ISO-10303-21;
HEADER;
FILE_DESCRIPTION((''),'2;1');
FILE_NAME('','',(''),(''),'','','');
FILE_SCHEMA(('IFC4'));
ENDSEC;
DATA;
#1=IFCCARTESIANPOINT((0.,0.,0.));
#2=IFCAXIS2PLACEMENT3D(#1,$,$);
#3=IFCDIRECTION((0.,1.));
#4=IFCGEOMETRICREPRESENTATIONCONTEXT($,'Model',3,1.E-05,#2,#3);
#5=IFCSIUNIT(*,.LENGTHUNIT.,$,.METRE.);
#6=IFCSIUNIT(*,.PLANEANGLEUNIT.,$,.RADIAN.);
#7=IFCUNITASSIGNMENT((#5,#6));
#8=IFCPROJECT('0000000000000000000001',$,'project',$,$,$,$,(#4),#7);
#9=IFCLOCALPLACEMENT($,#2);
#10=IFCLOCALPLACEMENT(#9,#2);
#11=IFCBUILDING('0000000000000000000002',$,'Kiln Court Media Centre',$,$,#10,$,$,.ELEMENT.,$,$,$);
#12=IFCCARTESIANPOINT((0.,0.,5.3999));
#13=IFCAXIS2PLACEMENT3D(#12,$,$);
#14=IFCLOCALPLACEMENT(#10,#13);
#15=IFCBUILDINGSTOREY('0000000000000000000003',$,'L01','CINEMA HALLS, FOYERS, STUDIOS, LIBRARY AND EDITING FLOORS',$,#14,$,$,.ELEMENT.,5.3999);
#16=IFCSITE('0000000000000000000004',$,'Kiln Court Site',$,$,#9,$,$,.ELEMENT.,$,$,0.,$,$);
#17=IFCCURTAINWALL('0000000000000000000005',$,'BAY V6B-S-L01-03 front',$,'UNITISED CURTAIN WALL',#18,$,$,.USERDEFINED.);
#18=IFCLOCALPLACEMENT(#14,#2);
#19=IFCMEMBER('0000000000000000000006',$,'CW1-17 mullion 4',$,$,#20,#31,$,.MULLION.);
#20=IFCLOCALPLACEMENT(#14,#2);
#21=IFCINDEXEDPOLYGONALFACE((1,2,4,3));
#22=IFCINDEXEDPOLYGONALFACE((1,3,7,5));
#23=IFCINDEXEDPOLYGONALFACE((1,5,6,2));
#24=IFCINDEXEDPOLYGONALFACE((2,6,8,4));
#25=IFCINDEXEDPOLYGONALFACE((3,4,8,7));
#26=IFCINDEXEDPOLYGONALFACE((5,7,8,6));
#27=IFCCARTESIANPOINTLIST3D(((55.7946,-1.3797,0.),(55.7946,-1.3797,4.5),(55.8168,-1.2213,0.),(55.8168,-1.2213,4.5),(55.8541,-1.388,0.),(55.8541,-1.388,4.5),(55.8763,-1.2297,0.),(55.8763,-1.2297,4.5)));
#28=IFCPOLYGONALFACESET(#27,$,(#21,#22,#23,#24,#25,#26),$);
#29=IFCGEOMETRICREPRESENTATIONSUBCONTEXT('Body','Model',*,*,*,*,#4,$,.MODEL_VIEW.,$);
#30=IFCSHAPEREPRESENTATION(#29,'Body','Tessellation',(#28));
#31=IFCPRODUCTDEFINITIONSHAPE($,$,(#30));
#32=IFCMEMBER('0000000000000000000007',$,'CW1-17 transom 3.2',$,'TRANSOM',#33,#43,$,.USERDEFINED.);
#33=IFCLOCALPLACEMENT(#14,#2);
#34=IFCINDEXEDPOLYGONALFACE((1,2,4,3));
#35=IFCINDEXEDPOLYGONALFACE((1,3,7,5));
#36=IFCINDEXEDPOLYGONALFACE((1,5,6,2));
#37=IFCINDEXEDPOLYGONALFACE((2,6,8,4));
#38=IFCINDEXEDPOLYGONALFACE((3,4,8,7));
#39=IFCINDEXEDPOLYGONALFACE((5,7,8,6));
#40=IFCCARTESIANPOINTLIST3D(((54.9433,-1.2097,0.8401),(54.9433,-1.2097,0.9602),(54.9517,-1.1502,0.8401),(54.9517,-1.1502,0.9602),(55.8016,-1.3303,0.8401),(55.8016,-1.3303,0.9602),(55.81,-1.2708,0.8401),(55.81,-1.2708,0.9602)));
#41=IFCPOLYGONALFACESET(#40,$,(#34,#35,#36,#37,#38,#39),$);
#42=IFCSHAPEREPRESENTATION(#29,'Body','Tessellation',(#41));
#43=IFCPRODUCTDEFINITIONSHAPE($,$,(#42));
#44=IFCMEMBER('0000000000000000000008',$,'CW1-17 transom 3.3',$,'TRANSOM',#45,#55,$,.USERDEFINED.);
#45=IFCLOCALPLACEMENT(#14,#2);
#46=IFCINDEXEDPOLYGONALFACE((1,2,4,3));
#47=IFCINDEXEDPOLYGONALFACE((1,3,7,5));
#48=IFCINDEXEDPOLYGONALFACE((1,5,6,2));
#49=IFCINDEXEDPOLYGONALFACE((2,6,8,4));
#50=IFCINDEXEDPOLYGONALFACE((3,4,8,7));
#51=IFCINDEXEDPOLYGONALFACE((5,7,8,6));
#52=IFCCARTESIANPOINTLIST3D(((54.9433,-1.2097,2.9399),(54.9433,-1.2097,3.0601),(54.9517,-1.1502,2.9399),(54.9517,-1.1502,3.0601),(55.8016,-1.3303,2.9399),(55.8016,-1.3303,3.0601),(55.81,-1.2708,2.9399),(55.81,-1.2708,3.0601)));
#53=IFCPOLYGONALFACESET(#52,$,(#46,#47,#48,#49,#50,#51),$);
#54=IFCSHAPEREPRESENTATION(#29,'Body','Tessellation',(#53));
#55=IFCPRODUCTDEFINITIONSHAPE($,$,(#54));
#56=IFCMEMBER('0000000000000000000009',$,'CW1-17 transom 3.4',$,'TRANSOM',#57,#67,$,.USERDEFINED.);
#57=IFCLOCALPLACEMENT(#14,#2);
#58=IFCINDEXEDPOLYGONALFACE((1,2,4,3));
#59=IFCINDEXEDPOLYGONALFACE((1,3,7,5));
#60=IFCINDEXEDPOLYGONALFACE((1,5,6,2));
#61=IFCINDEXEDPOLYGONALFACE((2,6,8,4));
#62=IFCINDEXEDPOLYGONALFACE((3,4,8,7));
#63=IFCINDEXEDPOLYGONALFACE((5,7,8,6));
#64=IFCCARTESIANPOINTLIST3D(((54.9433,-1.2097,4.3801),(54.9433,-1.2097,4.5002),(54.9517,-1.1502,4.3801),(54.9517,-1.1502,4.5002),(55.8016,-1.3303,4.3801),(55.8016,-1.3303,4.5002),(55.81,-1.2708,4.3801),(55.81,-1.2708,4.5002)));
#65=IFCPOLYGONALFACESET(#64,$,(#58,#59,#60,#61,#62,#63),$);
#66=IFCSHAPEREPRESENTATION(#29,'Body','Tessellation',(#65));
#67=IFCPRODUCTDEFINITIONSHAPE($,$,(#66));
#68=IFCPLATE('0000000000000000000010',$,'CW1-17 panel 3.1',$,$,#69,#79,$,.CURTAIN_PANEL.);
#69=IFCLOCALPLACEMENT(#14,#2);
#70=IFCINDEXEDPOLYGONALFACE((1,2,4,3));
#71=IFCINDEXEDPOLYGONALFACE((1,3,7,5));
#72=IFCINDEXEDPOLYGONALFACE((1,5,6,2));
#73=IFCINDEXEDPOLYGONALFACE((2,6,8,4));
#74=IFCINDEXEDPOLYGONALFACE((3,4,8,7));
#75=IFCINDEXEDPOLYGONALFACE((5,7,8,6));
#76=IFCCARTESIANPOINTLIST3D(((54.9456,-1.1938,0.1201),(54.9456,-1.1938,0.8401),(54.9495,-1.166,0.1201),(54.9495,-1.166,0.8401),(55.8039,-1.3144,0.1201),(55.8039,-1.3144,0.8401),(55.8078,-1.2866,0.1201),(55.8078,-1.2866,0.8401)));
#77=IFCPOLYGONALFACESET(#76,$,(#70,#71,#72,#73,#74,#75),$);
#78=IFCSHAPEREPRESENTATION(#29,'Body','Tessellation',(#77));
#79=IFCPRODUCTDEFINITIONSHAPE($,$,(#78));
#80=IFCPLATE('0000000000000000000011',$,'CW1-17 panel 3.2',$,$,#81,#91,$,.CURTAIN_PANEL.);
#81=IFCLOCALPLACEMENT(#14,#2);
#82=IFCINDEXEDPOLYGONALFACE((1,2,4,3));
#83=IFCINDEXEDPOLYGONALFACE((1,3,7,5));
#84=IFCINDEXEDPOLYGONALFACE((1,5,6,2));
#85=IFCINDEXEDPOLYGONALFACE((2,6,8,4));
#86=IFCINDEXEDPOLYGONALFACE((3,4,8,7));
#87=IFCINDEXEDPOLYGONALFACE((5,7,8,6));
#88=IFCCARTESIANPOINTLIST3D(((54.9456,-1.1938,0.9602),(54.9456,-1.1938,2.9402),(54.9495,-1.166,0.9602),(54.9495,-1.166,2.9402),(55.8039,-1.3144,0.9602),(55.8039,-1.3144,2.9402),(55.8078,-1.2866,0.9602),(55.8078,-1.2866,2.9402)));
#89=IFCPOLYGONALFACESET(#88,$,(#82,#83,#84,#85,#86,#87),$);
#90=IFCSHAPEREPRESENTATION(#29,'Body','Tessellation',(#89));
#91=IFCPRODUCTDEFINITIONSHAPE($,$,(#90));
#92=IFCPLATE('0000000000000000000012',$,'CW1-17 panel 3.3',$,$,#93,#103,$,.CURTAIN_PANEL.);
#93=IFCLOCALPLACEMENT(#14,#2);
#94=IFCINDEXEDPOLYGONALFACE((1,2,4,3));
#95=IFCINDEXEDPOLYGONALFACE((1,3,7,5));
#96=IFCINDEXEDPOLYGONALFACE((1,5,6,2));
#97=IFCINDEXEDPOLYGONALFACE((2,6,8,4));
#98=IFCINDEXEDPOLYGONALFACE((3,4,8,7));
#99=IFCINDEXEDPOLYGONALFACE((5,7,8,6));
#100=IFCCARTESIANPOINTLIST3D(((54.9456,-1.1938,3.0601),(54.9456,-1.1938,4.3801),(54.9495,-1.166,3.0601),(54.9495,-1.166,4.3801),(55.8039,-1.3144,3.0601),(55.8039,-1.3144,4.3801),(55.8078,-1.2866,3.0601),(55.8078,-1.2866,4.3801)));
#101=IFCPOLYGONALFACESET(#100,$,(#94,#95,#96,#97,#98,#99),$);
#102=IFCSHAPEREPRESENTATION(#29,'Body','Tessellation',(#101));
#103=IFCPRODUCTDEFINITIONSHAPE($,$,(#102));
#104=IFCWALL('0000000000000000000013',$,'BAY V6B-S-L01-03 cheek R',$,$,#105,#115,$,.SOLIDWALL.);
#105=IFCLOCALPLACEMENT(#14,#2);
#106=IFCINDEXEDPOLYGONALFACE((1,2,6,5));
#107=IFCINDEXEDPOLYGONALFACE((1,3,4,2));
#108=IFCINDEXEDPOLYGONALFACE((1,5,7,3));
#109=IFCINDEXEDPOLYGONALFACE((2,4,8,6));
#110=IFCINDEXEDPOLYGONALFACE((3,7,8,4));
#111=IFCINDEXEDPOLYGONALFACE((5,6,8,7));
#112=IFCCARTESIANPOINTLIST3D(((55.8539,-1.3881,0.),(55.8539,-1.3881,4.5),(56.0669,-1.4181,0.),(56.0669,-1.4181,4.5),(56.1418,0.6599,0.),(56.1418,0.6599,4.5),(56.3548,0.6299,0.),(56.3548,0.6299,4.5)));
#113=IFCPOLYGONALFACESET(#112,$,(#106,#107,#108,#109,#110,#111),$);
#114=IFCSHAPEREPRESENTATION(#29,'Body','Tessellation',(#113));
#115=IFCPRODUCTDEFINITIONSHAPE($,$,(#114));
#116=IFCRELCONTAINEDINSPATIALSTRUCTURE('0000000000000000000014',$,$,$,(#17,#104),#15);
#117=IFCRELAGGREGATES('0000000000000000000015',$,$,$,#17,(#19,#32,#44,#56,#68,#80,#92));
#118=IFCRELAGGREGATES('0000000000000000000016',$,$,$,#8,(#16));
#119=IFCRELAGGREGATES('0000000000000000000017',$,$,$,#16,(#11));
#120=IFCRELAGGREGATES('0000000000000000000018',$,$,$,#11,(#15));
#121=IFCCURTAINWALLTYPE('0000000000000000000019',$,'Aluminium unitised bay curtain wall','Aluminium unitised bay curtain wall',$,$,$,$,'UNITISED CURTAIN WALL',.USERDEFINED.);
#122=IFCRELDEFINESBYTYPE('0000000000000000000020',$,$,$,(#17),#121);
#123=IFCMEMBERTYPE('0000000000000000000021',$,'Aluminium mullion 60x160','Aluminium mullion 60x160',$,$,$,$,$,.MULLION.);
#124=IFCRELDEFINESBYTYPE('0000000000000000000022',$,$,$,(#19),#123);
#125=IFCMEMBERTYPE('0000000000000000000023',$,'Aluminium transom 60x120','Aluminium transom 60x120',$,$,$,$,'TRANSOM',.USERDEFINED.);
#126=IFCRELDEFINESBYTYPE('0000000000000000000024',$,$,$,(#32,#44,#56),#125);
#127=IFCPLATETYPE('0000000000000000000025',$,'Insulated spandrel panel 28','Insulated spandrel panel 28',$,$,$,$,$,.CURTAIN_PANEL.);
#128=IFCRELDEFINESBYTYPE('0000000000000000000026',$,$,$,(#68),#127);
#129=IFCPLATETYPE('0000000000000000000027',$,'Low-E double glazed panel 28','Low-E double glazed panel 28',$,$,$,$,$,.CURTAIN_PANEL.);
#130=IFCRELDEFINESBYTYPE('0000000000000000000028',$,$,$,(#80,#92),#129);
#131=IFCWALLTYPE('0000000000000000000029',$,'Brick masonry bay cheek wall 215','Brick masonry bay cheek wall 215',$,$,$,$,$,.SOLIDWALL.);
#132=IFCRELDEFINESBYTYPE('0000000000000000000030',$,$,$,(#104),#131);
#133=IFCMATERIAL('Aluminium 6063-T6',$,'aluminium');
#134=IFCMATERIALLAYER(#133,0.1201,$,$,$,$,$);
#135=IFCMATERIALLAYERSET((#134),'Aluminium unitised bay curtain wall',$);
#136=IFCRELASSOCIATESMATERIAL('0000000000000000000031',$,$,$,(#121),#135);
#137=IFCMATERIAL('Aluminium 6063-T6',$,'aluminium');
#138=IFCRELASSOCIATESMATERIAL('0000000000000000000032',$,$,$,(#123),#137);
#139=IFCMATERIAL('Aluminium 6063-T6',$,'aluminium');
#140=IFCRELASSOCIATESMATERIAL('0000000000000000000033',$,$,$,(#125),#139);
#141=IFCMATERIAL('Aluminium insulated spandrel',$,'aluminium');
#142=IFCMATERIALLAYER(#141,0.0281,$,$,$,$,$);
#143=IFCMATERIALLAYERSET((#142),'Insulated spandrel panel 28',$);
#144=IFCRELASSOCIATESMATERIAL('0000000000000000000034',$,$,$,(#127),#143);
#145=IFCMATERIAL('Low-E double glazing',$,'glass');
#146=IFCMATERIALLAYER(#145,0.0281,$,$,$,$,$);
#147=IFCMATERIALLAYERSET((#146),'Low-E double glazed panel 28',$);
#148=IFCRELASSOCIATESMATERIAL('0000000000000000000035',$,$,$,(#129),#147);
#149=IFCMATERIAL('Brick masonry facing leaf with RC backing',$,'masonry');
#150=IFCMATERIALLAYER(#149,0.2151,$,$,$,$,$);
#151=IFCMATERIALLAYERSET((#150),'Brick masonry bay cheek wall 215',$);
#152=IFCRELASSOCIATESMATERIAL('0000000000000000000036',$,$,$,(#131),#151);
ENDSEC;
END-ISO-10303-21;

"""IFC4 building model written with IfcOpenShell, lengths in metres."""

from ifc_helpers import new_model, si_unit, direction, frame, frame_2d, origin, origin_2d, place, context, subcontext, project, spatial, rectangle, extrude, material, layer, layer_set, material_profile, profile_set, type_object, element, aggregate, save


model = new_model("IFC4")

# Units and contexts
model_context = context("Model", 3, precision=1e-05, world=origin(), true_north=direction((0.0, 1.0)))
body_context = subcontext(model_context, "Body", "Model", "MODEL_VIEW")
ifc_project = project(units=[si_unit("LENGTHUNIT", "METRE"), si_unit("PLANEANGLEUNIT", "RADIAN")], contexts=[model_context])

# Site, building, storey
site_placement = place(None, origin())
site = spatial("IfcSite", under=ifc_project, at=site_placement, Name="Kiln Court Site", CompositionType="ELEMENT", RefElevation=0.0)
building_placement = place(site_placement, origin())
building = spatial("IfcBuilding", under=site, at=building_placement, Name="Kiln Court Media Centre", CompositionType="ELEMENT")
storey_placement = place(building_placement, frame((0.0, 0.0, 5.3999)))
storey = spatial("IfcBuildingStorey", under=building, at=storey_placement, Name="L01", Description="CINEMA HALLS, FOYERS, STUDIOS, LIBRARY AND EDITING FLOORS", CompositionType="ELEMENT", Elevation=5.3999)

# Curtain wall, members, plates
ifc_material_1 = material(Name="Aluminium 6063-T6", Category="aluminium")
ifc_layer_1 = layer(ifc_material_1, 0.1201)
ifc_layer_set_1 = layer_set([ifc_layer_1], Name="Aluminium unitised bay curtain wall")
curtain_wall_type = type_object("IfcCurtainWallType", Name="Aluminium unitised bay curtain wall", Description="Aluminium unitised bay curtain wall", ElementType="UNITISED CURTAIN WALL", PredefinedType="USERDEFINED", material=ifc_layer_set_1)
curtain_wall_placement = place(storey_placement, origin())
curtain_wall = element("IfcCurtainWall", 1, at=curtain_wall_placement, inside=storey, type_object=curtain_wall_type, Name="BAY V6B-S-L01-03 front", ObjectType="UNITISED CURTAIN WALL", PredefinedType="USERDEFINED")
ifc_material_2 = material(Name="Aluminium 6063-T6", Category="aluminium")
ifc_material_profile_1 = material_profile(ifc_material_2, rectangle(XDim=0.0601, YDim=0.1599, at=origin_2d()), Name="Aluminium mullion 60x160")
ifc_profile_set_1 = profile_set([ifc_material_profile_1], Name="Aluminium 6063-T6")
member_type_1 = type_object("IfcMemberType", Name="Aluminium mullion 60x160", Description="Aluminium mullion 60x160", PredefinedType="MULLION", material=ifc_profile_set_1)
member_1_placement = place(storey_placement, frame((55.8354, -1.3047, 0.0), z_axis=(0.0, 0.0, 1.0), x_axis=(0.99027, -0.139162, 0.0)))
member_1 = element("IfcMember", 2, at=member_1_placement, type_object=member_type_1, Name="CW1-17 mullion 4", PredefinedType="MULLION", context=body_context, shape_type="SweptSolid", body=[
    extrude(rectangle(XDim=0.0601, YDim=0.1599, at=origin_2d()), origin(), (0.0, 0.0, 1.0), 4.5),
])
ifc_material_3 = material(Name="Aluminium 6063-T6", Category="aluminium")
ifc_material_profile_2 = material_profile(ifc_material_3, rectangle(XDim=0.0601, YDim=0.1201, at=origin_2d()), Name="Aluminium transom 60x120")
ifc_profile_set_2 = profile_set([ifc_material_profile_2], Name="Aluminium 6063-T6")
member_type_2 = type_object("IfcMemberType", Name="Aluminium transom 60x120", Description="Aluminium transom 60x120", ElementType="TRANSOM", PredefinedType="USERDEFINED", material=ifc_profile_set_2)
member_2_placement = place(storey_placement, frame((54.9475, -1.1799, 0.9001), z_axis=(0.990268, -0.139173, 0.0), x_axis=(0.139173, 0.990268, 0.0)))
member_2 = element("IfcMember", 3, at=member_2_placement, type_object=member_type_2, Name="CW1-17 transom 3.2", ObjectType="TRANSOM", PredefinedType="USERDEFINED", context=body_context, shape_type="SweptSolid", body=[
    extrude(rectangle(XDim=0.0601, YDim=0.1201, at=origin_2d()), origin(), (0.0, 0.0, 1.0), 0.8667),
])
member_3_placement = place(storey_placement, frame((54.9475, -1.1799, 3.0), z_axis=(0.990268, -0.139173, 0.0), x_axis=(0.139173, 0.990268, 0.0)))
member_3 = element("IfcMember", 4, at=member_3_placement, type_object=member_type_2, Name="CW1-17 transom 3.3", ObjectType="TRANSOM", PredefinedType="USERDEFINED", context=body_context, shape_type="SweptSolid", body=[
    extrude(rectangle(XDim=0.0601, YDim=0.1201, at=origin_2d()), origin(), (0.0, 0.0, 1.0), 0.8667),
])
member_4_placement = place(storey_placement, frame((54.9475, -1.1799, 4.4402), z_axis=(0.990268, -0.139173, 0.0), x_axis=(0.139173, 0.990268, 0.0)))
member_4 = element("IfcMember", 5, at=member_4_placement, type_object=member_type_2, Name="CW1-17 transom 3.4", ObjectType="TRANSOM", PredefinedType="USERDEFINED", context=body_context, shape_type="SweptSolid", body=[
    extrude(rectangle(XDim=0.0601, YDim=0.1201, at=origin_2d()), origin(), (0.0, 0.0, 1.0), 0.8667),
])
ifc_material_4 = material(Name="Aluminium insulated spandrel", Category="aluminium")
ifc_layer_2 = layer(ifc_material_4, 0.0281)
ifc_layer_set_2 = layer_set([ifc_layer_2], Name="Insulated spandrel panel 28")
plate_type_1 = type_object("IfcPlateType", Name="Insulated spandrel panel 28", Description="Insulated spandrel panel 28", PredefinedType="CURTAIN_PANEL", material=ifc_layer_set_2)
plate_1_placement = place(storey_placement, frame((55.3767, -1.2402, 0.1201), z_axis=(0.0, 0.0, 1.0), x_axis=(0.99027, -0.139162, 0.0)))
plate_1 = element("IfcPlate", 6, at=plate_1_placement, type_object=plate_type_1, Name="CW1-17 panel 3.1", PredefinedType="CURTAIN_PANEL", context=body_context, shape_type="SweptSolid", body=[
    extrude(rectangle(XDim=0.8667, YDim=0.0281, at=origin_2d()), origin(), (0.0, 0.0, 1.0), 0.72),
])
ifc_material_5 = material(Name="Low-E double glazing", Category="glass")
ifc_layer_3 = layer(ifc_material_5, 0.0281)
ifc_layer_set_3 = layer_set([ifc_layer_3], Name="Low-E double glazed panel 28")
plate_type_2 = type_object("IfcPlateType", Name="Low-E double glazed panel 28", Description="Low-E double glazed panel 28", PredefinedType="CURTAIN_PANEL", material=ifc_layer_set_3)
plate_2_placement = place(storey_placement, frame((55.3767, -1.2402, 0.9602), z_axis=(0.0, 0.0, 1.0), x_axis=(0.99027, -0.139162, 0.0)))
plate_2 = element("IfcPlate", 7, at=plate_2_placement, type_object=plate_type_2, Name="CW1-17 panel 3.2", PredefinedType="CURTAIN_PANEL", context=body_context, shape_type="SweptSolid", body=[
    extrude(rectangle(XDim=0.8667, YDim=0.0281, at=origin_2d()), origin(), (0.0, 0.0, 1.0), 1.98),
])
plate_3_placement = place(storey_placement, frame((55.3767, -1.2402, 3.0601), z_axis=(0.0, 0.0, 1.0), x_axis=(0.99027, -0.139162, 0.0)))
plate_3 = element("IfcPlate", 8, at=plate_3_placement, type_object=plate_type_2, Name="CW1-17 panel 3.3", PredefinedType="CURTAIN_PANEL", context=body_context, shape_type="SweptSolid", body=[
    extrude(rectangle(XDim=0.8667, YDim=0.0281, at=origin_2d()), origin(), (0.0, 0.0, 1.0), 1.3201),
])
aggregate(curtain_wall, [member_1, member_2, member_3, member_4, plate_1, plate_2, plate_3])

# Wall
ifc_material_6 = material(Name="Brick masonry facing leaf with RC backing", Category="masonry")
ifc_layer_4 = layer(ifc_material_6, 0.2151)
ifc_layer_set_4 = layer_set([ifc_layer_4], Name="Brick masonry bay cheek wall 215")
wall_type_1 = type_object("IfcWallType", Name="Brick masonry bay cheek wall 215", Description="Brick masonry bay cheek wall 215", PredefinedType="SOLIDWALL", material=ifc_layer_set_4)
wall_1_placement = place(storey_placement, frame((56.2483, 0.645, 0.0), z_axis=(0.0, 0.0, 1.0), x_axis=(-0.139173, -0.990268, 0.0)))
element("IfcWall", 9, at=wall_1_placement, inside=storey, type_object=wall_type_1, Name="BAY V6B-S-L01-03 cheek R", PredefinedType="SOLIDWALL", context=body_context, shape_type="SweptSolid", body=[
    extrude(rectangle(XDim=2.0681, YDim=0.2151, at=frame_2d((1.0342, 0.0))), origin(), (0.0, 0.0, 1.0), 4.5),
])

save(model, "model.ifc")
